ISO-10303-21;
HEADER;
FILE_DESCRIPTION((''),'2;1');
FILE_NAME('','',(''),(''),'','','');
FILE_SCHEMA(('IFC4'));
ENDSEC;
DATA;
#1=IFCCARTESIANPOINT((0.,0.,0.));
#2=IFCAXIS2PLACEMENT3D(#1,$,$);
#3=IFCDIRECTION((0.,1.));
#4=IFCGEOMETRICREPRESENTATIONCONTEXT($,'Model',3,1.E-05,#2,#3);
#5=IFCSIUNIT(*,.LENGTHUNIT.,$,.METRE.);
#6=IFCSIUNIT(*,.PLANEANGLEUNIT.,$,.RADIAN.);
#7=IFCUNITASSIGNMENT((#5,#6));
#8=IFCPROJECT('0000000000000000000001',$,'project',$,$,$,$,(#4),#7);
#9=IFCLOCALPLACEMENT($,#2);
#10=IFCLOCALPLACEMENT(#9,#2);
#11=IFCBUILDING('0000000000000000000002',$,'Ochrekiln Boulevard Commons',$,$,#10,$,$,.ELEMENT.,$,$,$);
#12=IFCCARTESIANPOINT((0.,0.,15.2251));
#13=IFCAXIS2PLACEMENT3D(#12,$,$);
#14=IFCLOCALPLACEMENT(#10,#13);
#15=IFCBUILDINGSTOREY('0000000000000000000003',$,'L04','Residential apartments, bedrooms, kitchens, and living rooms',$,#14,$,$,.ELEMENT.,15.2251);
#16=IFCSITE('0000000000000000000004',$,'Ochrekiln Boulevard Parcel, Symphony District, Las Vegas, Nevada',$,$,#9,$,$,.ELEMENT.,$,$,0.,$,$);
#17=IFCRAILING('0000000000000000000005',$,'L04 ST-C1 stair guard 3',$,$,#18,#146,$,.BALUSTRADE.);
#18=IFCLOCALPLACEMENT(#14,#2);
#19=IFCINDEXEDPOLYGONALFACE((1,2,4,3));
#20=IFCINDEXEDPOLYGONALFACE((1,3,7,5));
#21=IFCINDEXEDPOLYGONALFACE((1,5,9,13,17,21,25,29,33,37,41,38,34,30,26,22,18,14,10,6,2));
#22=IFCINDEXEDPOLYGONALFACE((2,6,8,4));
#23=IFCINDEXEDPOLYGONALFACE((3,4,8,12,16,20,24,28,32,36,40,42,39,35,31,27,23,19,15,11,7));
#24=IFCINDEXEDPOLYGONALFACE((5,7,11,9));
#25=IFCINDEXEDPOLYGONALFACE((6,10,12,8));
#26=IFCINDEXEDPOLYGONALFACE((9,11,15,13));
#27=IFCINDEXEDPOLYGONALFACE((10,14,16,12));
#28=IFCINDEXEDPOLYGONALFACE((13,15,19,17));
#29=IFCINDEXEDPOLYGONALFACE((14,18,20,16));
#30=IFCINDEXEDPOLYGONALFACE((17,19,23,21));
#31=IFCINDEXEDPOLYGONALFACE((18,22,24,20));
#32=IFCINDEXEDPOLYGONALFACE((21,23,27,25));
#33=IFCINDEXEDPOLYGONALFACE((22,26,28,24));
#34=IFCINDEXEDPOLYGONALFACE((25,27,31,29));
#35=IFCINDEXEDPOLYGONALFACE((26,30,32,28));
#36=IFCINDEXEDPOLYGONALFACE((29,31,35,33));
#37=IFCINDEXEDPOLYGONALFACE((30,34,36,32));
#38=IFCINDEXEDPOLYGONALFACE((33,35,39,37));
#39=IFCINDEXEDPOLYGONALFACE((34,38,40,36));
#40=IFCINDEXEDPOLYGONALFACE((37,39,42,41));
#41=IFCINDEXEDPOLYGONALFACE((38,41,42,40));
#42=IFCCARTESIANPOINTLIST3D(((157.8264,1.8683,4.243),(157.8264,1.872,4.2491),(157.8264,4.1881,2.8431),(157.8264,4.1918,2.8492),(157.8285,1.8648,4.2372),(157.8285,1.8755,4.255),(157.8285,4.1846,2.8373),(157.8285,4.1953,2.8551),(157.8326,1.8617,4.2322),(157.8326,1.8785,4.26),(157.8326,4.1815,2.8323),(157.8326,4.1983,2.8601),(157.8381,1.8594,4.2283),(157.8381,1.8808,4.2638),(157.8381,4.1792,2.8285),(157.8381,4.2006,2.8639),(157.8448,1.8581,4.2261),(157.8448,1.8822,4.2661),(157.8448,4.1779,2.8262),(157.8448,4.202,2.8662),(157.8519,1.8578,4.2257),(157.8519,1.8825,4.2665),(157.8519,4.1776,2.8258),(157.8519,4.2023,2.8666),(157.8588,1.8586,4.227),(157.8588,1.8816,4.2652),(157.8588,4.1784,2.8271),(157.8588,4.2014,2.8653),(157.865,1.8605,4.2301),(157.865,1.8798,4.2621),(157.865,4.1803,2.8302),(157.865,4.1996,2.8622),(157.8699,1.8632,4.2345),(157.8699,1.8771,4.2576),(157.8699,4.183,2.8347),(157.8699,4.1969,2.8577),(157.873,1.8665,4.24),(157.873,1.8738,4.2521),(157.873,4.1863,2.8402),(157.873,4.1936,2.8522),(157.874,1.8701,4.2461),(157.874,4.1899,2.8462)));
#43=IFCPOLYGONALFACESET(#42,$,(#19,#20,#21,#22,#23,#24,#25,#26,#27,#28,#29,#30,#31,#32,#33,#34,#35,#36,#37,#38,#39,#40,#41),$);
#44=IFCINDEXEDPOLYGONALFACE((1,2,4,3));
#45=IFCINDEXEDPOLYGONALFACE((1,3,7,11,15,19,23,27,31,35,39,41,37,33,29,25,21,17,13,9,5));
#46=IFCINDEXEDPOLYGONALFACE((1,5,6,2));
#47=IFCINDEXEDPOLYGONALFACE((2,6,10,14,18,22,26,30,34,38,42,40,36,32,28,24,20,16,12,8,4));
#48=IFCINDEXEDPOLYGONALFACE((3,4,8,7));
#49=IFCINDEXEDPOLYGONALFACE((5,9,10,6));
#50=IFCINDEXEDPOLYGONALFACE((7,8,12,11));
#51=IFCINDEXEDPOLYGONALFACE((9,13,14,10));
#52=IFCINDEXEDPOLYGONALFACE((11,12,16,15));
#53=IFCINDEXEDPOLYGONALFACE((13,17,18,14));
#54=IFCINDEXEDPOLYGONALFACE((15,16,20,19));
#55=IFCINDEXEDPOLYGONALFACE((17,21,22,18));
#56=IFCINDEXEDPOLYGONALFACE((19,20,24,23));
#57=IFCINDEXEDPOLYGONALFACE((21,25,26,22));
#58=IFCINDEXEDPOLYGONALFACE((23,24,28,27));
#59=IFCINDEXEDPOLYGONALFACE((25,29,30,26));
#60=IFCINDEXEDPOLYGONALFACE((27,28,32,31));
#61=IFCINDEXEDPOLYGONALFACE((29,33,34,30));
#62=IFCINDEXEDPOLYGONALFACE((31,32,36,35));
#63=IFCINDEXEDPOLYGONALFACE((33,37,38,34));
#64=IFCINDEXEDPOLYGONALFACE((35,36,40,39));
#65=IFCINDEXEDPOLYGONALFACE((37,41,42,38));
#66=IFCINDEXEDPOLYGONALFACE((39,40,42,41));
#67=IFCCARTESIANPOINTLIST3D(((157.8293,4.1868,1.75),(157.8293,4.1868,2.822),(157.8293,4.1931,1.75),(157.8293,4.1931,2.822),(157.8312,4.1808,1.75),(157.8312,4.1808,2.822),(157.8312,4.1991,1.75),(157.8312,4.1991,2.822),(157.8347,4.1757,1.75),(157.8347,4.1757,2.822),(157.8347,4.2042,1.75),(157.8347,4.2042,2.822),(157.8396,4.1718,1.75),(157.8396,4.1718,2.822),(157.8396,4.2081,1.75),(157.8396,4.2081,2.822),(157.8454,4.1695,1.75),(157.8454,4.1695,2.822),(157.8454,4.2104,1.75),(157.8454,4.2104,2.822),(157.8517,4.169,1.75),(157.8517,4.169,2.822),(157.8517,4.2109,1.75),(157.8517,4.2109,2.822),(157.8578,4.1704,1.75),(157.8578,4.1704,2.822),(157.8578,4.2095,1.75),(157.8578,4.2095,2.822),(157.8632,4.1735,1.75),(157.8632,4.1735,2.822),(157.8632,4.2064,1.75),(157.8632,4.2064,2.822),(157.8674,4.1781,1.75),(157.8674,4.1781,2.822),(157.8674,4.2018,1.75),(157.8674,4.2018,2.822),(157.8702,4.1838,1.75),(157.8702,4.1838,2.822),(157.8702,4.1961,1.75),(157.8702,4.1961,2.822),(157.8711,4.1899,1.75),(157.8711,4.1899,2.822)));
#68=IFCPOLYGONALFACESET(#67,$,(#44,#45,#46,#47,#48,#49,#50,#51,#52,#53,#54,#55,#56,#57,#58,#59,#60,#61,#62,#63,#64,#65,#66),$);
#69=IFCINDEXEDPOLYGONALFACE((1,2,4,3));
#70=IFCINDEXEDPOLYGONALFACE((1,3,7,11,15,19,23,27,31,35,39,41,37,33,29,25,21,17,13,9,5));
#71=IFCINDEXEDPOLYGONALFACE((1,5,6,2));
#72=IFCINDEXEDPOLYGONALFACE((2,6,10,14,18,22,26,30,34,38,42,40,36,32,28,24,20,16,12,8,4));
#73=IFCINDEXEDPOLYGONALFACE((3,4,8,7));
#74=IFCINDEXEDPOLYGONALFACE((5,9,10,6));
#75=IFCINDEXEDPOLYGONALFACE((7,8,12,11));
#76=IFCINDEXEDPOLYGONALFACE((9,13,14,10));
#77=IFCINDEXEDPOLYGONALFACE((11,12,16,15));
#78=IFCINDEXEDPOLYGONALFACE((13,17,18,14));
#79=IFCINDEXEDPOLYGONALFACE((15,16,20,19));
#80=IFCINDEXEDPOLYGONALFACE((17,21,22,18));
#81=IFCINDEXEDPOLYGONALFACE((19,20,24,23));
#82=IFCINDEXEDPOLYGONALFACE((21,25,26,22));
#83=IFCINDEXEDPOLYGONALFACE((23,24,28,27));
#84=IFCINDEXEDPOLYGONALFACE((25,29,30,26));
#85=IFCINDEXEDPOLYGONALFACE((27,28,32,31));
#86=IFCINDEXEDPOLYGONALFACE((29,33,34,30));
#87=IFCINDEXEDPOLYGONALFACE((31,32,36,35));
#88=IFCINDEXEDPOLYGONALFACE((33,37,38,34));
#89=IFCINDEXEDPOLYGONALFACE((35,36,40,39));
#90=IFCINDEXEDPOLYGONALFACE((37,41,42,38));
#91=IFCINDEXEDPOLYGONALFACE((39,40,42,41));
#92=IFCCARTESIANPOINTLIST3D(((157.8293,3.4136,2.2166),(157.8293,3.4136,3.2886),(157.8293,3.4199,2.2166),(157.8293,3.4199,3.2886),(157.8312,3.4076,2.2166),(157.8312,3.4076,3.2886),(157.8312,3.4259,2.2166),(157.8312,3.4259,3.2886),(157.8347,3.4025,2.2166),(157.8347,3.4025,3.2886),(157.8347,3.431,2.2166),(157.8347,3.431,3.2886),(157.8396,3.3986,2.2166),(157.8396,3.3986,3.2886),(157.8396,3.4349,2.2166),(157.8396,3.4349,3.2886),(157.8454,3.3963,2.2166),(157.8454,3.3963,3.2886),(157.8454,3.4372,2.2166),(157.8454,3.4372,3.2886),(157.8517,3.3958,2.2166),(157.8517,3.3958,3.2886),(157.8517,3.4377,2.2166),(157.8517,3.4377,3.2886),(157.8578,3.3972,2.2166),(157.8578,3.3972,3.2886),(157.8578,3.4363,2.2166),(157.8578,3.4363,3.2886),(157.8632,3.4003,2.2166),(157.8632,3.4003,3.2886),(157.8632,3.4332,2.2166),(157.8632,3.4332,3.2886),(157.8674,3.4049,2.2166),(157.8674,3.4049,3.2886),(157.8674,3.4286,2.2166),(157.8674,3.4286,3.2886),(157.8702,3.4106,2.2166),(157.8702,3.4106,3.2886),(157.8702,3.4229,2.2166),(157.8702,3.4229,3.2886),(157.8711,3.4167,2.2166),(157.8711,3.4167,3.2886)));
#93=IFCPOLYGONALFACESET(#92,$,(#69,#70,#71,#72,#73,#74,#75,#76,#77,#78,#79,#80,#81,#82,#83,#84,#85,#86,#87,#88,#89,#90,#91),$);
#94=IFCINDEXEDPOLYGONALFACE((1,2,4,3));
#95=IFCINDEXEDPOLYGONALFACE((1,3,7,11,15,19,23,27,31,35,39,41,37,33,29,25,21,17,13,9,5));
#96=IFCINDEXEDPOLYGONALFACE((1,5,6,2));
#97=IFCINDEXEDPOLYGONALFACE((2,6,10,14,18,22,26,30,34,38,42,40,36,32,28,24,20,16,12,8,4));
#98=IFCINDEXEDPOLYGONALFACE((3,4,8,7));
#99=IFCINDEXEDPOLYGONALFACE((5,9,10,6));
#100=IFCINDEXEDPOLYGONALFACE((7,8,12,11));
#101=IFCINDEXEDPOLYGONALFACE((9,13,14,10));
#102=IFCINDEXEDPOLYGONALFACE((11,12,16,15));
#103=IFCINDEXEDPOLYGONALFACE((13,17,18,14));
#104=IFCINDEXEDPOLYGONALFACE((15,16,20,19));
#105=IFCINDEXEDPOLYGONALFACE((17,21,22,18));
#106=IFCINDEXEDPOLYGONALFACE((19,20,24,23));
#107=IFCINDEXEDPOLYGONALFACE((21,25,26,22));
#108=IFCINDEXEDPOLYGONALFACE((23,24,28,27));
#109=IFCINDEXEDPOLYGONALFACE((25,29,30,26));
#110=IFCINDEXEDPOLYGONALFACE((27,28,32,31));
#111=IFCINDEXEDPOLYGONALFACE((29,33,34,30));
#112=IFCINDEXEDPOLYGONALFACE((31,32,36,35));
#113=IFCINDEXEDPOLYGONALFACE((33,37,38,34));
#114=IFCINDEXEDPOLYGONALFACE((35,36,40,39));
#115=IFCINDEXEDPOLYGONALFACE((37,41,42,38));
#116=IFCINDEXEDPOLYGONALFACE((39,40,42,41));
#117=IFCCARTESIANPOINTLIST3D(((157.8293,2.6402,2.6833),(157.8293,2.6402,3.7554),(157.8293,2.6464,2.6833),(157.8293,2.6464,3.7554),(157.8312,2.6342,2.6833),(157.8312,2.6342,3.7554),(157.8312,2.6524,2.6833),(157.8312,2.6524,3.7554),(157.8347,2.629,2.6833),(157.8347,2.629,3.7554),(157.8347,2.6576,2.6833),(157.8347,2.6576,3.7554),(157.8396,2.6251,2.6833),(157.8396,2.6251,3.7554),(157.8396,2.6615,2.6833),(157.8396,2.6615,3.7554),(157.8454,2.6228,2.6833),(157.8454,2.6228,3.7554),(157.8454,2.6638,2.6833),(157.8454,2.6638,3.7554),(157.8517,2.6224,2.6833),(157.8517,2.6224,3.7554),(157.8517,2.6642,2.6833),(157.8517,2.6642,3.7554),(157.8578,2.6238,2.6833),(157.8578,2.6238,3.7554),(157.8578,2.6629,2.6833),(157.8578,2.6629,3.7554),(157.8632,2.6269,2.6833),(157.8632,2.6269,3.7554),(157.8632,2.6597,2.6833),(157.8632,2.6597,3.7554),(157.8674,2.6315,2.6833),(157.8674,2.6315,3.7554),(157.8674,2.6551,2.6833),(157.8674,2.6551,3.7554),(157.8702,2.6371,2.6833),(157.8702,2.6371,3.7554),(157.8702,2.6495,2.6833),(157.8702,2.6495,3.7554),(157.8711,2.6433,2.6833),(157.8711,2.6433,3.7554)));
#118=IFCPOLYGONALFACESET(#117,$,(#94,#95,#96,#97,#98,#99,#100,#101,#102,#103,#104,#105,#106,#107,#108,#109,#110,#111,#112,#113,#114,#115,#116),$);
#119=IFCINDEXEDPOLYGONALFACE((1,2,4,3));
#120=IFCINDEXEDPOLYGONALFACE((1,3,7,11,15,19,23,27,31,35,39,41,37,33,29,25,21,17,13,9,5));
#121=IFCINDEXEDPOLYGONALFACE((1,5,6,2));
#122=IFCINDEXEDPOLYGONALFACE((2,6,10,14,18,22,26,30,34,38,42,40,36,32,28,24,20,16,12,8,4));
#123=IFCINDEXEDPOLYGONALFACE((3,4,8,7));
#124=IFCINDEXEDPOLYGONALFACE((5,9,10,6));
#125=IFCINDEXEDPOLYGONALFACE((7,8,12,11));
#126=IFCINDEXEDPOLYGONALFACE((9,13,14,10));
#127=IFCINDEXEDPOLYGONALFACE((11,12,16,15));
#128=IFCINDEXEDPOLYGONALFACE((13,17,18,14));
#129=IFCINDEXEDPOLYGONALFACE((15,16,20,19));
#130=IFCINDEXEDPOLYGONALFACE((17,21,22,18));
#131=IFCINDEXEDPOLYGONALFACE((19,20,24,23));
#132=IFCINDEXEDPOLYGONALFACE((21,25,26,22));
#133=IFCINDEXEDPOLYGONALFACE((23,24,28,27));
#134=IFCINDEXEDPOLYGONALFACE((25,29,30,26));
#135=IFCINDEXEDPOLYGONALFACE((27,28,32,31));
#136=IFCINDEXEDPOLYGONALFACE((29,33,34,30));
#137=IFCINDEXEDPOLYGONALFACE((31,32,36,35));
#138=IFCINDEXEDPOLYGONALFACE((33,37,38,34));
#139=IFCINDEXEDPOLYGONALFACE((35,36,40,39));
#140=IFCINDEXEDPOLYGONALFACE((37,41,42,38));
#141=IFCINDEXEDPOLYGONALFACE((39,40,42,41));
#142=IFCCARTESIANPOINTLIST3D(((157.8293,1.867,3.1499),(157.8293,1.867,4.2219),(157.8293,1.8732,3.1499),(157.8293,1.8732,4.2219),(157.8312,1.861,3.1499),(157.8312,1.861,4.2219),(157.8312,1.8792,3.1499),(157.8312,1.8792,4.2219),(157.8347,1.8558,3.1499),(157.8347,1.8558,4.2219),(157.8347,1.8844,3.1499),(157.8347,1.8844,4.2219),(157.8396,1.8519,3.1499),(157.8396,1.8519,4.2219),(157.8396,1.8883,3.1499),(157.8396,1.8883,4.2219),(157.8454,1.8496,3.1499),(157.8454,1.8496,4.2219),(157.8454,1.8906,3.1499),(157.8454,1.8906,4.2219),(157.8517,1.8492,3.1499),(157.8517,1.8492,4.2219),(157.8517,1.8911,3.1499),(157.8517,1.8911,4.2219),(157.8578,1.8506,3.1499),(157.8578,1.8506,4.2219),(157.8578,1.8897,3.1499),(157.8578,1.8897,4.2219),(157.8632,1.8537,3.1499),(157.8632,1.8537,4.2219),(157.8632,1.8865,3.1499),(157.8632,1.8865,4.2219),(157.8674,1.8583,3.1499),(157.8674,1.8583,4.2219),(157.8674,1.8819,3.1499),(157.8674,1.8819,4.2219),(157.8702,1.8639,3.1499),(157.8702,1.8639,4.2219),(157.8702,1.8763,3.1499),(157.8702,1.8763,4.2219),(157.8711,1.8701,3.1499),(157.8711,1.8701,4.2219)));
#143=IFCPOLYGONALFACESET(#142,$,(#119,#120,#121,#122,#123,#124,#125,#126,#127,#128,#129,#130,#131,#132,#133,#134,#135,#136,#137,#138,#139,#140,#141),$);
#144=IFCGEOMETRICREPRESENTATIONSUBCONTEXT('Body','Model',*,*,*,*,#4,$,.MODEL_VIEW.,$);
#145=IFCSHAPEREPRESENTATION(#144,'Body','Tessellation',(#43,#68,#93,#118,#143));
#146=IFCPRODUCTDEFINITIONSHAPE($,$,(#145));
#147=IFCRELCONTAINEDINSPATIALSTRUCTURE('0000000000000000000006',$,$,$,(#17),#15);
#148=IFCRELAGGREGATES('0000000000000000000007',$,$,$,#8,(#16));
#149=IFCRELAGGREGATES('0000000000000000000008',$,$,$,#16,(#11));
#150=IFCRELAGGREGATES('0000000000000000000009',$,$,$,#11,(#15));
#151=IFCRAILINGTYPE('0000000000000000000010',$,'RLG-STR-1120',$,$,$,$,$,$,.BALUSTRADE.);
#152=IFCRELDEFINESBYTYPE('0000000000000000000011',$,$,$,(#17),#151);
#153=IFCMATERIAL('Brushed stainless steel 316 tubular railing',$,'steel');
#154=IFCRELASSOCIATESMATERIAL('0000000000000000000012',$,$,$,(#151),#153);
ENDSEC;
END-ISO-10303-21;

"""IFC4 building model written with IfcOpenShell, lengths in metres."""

from ifc_helpers import new_model, si_unit, direction, frame, origin, origin_2d, place, context, subcontext, project, spatial, circle, extrude, material, type_object, element, save


model = new_model("IFC4")

# Units and contexts
model_context = context("Model", 3, precision=1e-05, world=origin(), true_north=direction((0.0, 1.0)))
body_context = subcontext(model_context, "Body", "Model", "MODEL_VIEW")
ifc_project = project(units=[si_unit("LENGTHUNIT", "METRE"), si_unit("PLANEANGLEUNIT", "RADIAN")], contexts=[model_context])

# Site, building, storey
site_placement = place(None, origin())
site = spatial("IfcSite", under=ifc_project, at=site_placement, Name="Ochrekiln Boulevard Parcel, Symphony District, Las Vegas, Nevada", CompositionType="ELEMENT", RefElevation=0.0)
building_placement = place(site_placement, origin())
building = spatial("IfcBuilding", under=site, at=building_placement, Name="Ochrekiln Boulevard Commons", CompositionType="ELEMENT")
storey_placement = place(building_placement, frame((0.0, 0.0, 15.2251)))
storey = spatial("IfcBuildingStorey", under=building, at=storey_placement, Name="L04", Description="Residential apartments, bedrooms, kitchens, and living rooms", CompositionType="ELEMENT", Elevation=15.2251)

# Railing
ifc_material_1 = material(Name="Brushed stainless steel 316 tubular railing", Category="steel")
railing_type_1 = type_object("IfcRailingType", Name="RLG-STR-1120", PredefinedType="BALUSTRADE", material=ifc_material_1)
railing_1_placement = place(storey_placement, frame((157.8501, 4.1899, 1.75)))
element("IfcRailing", 1, at=railing_1_placement, inside=storey, type_object=railing_type_1, Name="L04 ST-C1 stair guard 3", PredefinedType="BALUSTRADE", context=body_context, shape_type="SweptSolid", body=[
    extrude(circle(Radius=0.0239, at=origin_2d()), frame((0.0, 0.0, 1.0962), z_axis=(0.0, -0.856186, 0.516667), x_axis=(1.0, 0.0, 0.0)), (0.0, 0.0, 1.0), 2.7095),
    extrude(circle(Radius=0.021, at=origin_2d()), origin(), (0.0, 0.0, 1.0), 1.072),
    extrude(circle(Radius=0.021, at=origin_2d()), frame((0.0, -0.7732, 0.4666)), (0.0, 0.0, 1.0), 1.072),
    extrude(circle(Radius=0.021, at=origin_2d()), frame((0.0, -1.5466, 0.9333)), (0.0, 0.0, 1.0), 1.072),
    extrude(circle(Radius=0.021, at=origin_2d()), frame((0.0, -2.3198, 1.3999)), (0.0, 0.0, 1.0), 1.072),
])

save(model, "model.ifc")
